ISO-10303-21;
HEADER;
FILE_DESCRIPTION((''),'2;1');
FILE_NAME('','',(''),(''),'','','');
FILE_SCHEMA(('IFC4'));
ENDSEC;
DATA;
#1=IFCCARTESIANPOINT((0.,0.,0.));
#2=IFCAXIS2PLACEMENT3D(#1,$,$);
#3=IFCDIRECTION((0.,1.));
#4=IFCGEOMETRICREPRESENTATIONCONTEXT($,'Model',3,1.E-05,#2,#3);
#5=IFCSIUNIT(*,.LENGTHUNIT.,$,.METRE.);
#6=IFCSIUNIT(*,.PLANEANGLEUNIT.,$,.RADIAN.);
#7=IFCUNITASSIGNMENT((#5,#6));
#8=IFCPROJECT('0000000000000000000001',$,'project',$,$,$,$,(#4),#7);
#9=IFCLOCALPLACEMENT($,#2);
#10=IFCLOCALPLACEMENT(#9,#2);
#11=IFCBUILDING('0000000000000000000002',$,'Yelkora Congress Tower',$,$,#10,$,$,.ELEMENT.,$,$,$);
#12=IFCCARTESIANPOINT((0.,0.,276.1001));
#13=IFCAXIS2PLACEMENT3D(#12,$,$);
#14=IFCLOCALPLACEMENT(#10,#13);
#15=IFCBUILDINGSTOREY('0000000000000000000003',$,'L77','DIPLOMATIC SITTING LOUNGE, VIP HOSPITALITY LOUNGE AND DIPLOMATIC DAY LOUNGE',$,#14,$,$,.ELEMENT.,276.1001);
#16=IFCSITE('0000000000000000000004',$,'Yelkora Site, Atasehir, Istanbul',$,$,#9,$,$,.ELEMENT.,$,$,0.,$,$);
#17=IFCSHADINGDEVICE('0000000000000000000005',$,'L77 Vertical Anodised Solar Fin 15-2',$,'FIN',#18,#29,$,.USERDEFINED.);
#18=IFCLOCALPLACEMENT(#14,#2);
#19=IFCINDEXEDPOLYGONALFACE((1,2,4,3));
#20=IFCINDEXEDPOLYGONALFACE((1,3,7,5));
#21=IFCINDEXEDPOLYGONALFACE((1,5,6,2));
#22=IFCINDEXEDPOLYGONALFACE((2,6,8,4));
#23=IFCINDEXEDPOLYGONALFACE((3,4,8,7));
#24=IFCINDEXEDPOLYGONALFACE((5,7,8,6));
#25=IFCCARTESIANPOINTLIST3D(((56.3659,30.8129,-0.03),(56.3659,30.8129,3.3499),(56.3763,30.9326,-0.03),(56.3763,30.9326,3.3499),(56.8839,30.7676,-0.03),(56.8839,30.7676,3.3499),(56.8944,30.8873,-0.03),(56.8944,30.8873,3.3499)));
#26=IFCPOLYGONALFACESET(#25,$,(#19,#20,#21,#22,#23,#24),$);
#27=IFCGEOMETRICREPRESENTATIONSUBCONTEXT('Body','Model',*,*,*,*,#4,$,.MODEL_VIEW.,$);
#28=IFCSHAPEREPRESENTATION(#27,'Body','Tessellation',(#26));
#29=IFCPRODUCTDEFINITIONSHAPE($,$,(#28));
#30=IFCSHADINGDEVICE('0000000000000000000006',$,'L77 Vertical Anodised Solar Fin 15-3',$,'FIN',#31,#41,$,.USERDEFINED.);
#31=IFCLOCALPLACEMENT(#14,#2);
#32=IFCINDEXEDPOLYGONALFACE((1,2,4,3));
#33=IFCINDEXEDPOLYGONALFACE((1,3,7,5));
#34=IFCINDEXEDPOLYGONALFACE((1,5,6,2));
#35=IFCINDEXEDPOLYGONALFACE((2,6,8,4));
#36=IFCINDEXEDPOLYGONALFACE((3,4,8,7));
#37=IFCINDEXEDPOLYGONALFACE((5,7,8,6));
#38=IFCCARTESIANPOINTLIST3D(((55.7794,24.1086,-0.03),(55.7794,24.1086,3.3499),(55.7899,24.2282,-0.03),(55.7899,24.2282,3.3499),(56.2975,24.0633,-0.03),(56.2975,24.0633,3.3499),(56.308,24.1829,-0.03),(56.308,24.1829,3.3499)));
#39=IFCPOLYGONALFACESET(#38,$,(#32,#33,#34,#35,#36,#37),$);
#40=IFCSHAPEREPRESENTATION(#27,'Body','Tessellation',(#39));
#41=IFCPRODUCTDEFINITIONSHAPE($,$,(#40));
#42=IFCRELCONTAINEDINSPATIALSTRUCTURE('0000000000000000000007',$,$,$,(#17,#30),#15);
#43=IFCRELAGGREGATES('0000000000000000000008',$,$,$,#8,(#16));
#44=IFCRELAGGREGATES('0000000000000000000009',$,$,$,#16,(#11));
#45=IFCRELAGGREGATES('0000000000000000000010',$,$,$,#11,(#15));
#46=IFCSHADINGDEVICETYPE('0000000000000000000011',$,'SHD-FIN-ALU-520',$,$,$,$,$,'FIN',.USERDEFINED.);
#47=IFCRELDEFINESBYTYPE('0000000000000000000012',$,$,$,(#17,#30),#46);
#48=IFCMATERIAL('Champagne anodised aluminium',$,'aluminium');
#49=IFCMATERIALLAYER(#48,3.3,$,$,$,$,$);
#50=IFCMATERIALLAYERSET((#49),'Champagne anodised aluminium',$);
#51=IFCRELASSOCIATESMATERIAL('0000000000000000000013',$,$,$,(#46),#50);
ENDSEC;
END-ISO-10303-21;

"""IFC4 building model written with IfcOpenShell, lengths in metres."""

from ifc_helpers import new_model, si_unit, direction, frame, origin, origin_2d, place, context, subcontext, project, spatial, rectangle, extrude, material, layer, layer_set, type_object, element, save


model = new_model("IFC4")

# Units and contexts
model_context = context("Model", 3, precision=1e-05, world=origin(), true_north=direction((0.0, 1.0)))
body_context = subcontext(model_context, "Body", "Model", "MODEL_VIEW")
ifc_project = project(units=[si_unit("LENGTHUNIT", "METRE"), si_unit("PLANEANGLEUNIT", "RADIAN")], contexts=[model_context])

# Site, building, storey
site_placement = place(None, origin())
site = spatial("IfcSite", under=ifc_project, at=site_placement, Name="Yelkora Site, Atasehir, Istanbul", CompositionType="ELEMENT", RefElevation=0.0)
building_placement = place(site_placement, origin())
building = spatial("IfcBuilding", under=site, at=building_placement, Name="Yelkora Congress Tower", CompositionType="ELEMENT")
storey_placement = place(building_placement, frame((0.0, 0.0, 276.1001)))
storey = spatial("IfcBuildingStorey", under=building, at=storey_placement, Name="L77", Description="DIPLOMATIC SITTING LOUNGE, VIP HOSPITALITY LOUNGE AND DIPLOMATIC DAY LOUNGE", CompositionType="ELEMENT", Elevation=276.1001)

# Shading devices
ifc_material_1 = material(Name="Champagne anodised aluminium", Category="aluminium")
ifc_layer_1 = layer(ifc_material_1, 3.3)
ifc_layer_set_1 = layer_set([ifc_layer_1], Name="Champagne anodised aluminium")
shading_device_type = type_object("IfcShadingDeviceType", Name="SHD-FIN-ALU-520", ElementType="FIN", PredefinedType="USERDEFINED", material=ifc_layer_set_1)
for number, where, z_axis, x_axis, name in (
    (1, (56.6301, 30.8501, -0.03), (0.0, 0.0, 1.0), (-0.087156, -0.996195, 0.0), "L77 Vertical Anodised Solar Fin 15-2"),
    (2, (56.0437, 24.1458, -0.03), (0.0, 0.0, 1.0), (-0.087156, -0.996195, 0.0), "L77 Vertical Anodised Solar Fin 15-3"),
):
    element("IfcShadingDevice", number, at=place(storey_placement, frame(where, z_axis=z_axis, x_axis=x_axis)), inside=storey, type_object=shading_device_type, Name=name, ObjectType="FIN", PredefinedType="USERDEFINED", context=body_context, shape_type="SweptSolid", body=[
        extrude(rectangle(XDim=0.1201, YDim=0.52, at=origin_2d()), origin(), (0.0, 0.0, 1.0), 3.3799),
    ])

save(model, "model.ifc")
